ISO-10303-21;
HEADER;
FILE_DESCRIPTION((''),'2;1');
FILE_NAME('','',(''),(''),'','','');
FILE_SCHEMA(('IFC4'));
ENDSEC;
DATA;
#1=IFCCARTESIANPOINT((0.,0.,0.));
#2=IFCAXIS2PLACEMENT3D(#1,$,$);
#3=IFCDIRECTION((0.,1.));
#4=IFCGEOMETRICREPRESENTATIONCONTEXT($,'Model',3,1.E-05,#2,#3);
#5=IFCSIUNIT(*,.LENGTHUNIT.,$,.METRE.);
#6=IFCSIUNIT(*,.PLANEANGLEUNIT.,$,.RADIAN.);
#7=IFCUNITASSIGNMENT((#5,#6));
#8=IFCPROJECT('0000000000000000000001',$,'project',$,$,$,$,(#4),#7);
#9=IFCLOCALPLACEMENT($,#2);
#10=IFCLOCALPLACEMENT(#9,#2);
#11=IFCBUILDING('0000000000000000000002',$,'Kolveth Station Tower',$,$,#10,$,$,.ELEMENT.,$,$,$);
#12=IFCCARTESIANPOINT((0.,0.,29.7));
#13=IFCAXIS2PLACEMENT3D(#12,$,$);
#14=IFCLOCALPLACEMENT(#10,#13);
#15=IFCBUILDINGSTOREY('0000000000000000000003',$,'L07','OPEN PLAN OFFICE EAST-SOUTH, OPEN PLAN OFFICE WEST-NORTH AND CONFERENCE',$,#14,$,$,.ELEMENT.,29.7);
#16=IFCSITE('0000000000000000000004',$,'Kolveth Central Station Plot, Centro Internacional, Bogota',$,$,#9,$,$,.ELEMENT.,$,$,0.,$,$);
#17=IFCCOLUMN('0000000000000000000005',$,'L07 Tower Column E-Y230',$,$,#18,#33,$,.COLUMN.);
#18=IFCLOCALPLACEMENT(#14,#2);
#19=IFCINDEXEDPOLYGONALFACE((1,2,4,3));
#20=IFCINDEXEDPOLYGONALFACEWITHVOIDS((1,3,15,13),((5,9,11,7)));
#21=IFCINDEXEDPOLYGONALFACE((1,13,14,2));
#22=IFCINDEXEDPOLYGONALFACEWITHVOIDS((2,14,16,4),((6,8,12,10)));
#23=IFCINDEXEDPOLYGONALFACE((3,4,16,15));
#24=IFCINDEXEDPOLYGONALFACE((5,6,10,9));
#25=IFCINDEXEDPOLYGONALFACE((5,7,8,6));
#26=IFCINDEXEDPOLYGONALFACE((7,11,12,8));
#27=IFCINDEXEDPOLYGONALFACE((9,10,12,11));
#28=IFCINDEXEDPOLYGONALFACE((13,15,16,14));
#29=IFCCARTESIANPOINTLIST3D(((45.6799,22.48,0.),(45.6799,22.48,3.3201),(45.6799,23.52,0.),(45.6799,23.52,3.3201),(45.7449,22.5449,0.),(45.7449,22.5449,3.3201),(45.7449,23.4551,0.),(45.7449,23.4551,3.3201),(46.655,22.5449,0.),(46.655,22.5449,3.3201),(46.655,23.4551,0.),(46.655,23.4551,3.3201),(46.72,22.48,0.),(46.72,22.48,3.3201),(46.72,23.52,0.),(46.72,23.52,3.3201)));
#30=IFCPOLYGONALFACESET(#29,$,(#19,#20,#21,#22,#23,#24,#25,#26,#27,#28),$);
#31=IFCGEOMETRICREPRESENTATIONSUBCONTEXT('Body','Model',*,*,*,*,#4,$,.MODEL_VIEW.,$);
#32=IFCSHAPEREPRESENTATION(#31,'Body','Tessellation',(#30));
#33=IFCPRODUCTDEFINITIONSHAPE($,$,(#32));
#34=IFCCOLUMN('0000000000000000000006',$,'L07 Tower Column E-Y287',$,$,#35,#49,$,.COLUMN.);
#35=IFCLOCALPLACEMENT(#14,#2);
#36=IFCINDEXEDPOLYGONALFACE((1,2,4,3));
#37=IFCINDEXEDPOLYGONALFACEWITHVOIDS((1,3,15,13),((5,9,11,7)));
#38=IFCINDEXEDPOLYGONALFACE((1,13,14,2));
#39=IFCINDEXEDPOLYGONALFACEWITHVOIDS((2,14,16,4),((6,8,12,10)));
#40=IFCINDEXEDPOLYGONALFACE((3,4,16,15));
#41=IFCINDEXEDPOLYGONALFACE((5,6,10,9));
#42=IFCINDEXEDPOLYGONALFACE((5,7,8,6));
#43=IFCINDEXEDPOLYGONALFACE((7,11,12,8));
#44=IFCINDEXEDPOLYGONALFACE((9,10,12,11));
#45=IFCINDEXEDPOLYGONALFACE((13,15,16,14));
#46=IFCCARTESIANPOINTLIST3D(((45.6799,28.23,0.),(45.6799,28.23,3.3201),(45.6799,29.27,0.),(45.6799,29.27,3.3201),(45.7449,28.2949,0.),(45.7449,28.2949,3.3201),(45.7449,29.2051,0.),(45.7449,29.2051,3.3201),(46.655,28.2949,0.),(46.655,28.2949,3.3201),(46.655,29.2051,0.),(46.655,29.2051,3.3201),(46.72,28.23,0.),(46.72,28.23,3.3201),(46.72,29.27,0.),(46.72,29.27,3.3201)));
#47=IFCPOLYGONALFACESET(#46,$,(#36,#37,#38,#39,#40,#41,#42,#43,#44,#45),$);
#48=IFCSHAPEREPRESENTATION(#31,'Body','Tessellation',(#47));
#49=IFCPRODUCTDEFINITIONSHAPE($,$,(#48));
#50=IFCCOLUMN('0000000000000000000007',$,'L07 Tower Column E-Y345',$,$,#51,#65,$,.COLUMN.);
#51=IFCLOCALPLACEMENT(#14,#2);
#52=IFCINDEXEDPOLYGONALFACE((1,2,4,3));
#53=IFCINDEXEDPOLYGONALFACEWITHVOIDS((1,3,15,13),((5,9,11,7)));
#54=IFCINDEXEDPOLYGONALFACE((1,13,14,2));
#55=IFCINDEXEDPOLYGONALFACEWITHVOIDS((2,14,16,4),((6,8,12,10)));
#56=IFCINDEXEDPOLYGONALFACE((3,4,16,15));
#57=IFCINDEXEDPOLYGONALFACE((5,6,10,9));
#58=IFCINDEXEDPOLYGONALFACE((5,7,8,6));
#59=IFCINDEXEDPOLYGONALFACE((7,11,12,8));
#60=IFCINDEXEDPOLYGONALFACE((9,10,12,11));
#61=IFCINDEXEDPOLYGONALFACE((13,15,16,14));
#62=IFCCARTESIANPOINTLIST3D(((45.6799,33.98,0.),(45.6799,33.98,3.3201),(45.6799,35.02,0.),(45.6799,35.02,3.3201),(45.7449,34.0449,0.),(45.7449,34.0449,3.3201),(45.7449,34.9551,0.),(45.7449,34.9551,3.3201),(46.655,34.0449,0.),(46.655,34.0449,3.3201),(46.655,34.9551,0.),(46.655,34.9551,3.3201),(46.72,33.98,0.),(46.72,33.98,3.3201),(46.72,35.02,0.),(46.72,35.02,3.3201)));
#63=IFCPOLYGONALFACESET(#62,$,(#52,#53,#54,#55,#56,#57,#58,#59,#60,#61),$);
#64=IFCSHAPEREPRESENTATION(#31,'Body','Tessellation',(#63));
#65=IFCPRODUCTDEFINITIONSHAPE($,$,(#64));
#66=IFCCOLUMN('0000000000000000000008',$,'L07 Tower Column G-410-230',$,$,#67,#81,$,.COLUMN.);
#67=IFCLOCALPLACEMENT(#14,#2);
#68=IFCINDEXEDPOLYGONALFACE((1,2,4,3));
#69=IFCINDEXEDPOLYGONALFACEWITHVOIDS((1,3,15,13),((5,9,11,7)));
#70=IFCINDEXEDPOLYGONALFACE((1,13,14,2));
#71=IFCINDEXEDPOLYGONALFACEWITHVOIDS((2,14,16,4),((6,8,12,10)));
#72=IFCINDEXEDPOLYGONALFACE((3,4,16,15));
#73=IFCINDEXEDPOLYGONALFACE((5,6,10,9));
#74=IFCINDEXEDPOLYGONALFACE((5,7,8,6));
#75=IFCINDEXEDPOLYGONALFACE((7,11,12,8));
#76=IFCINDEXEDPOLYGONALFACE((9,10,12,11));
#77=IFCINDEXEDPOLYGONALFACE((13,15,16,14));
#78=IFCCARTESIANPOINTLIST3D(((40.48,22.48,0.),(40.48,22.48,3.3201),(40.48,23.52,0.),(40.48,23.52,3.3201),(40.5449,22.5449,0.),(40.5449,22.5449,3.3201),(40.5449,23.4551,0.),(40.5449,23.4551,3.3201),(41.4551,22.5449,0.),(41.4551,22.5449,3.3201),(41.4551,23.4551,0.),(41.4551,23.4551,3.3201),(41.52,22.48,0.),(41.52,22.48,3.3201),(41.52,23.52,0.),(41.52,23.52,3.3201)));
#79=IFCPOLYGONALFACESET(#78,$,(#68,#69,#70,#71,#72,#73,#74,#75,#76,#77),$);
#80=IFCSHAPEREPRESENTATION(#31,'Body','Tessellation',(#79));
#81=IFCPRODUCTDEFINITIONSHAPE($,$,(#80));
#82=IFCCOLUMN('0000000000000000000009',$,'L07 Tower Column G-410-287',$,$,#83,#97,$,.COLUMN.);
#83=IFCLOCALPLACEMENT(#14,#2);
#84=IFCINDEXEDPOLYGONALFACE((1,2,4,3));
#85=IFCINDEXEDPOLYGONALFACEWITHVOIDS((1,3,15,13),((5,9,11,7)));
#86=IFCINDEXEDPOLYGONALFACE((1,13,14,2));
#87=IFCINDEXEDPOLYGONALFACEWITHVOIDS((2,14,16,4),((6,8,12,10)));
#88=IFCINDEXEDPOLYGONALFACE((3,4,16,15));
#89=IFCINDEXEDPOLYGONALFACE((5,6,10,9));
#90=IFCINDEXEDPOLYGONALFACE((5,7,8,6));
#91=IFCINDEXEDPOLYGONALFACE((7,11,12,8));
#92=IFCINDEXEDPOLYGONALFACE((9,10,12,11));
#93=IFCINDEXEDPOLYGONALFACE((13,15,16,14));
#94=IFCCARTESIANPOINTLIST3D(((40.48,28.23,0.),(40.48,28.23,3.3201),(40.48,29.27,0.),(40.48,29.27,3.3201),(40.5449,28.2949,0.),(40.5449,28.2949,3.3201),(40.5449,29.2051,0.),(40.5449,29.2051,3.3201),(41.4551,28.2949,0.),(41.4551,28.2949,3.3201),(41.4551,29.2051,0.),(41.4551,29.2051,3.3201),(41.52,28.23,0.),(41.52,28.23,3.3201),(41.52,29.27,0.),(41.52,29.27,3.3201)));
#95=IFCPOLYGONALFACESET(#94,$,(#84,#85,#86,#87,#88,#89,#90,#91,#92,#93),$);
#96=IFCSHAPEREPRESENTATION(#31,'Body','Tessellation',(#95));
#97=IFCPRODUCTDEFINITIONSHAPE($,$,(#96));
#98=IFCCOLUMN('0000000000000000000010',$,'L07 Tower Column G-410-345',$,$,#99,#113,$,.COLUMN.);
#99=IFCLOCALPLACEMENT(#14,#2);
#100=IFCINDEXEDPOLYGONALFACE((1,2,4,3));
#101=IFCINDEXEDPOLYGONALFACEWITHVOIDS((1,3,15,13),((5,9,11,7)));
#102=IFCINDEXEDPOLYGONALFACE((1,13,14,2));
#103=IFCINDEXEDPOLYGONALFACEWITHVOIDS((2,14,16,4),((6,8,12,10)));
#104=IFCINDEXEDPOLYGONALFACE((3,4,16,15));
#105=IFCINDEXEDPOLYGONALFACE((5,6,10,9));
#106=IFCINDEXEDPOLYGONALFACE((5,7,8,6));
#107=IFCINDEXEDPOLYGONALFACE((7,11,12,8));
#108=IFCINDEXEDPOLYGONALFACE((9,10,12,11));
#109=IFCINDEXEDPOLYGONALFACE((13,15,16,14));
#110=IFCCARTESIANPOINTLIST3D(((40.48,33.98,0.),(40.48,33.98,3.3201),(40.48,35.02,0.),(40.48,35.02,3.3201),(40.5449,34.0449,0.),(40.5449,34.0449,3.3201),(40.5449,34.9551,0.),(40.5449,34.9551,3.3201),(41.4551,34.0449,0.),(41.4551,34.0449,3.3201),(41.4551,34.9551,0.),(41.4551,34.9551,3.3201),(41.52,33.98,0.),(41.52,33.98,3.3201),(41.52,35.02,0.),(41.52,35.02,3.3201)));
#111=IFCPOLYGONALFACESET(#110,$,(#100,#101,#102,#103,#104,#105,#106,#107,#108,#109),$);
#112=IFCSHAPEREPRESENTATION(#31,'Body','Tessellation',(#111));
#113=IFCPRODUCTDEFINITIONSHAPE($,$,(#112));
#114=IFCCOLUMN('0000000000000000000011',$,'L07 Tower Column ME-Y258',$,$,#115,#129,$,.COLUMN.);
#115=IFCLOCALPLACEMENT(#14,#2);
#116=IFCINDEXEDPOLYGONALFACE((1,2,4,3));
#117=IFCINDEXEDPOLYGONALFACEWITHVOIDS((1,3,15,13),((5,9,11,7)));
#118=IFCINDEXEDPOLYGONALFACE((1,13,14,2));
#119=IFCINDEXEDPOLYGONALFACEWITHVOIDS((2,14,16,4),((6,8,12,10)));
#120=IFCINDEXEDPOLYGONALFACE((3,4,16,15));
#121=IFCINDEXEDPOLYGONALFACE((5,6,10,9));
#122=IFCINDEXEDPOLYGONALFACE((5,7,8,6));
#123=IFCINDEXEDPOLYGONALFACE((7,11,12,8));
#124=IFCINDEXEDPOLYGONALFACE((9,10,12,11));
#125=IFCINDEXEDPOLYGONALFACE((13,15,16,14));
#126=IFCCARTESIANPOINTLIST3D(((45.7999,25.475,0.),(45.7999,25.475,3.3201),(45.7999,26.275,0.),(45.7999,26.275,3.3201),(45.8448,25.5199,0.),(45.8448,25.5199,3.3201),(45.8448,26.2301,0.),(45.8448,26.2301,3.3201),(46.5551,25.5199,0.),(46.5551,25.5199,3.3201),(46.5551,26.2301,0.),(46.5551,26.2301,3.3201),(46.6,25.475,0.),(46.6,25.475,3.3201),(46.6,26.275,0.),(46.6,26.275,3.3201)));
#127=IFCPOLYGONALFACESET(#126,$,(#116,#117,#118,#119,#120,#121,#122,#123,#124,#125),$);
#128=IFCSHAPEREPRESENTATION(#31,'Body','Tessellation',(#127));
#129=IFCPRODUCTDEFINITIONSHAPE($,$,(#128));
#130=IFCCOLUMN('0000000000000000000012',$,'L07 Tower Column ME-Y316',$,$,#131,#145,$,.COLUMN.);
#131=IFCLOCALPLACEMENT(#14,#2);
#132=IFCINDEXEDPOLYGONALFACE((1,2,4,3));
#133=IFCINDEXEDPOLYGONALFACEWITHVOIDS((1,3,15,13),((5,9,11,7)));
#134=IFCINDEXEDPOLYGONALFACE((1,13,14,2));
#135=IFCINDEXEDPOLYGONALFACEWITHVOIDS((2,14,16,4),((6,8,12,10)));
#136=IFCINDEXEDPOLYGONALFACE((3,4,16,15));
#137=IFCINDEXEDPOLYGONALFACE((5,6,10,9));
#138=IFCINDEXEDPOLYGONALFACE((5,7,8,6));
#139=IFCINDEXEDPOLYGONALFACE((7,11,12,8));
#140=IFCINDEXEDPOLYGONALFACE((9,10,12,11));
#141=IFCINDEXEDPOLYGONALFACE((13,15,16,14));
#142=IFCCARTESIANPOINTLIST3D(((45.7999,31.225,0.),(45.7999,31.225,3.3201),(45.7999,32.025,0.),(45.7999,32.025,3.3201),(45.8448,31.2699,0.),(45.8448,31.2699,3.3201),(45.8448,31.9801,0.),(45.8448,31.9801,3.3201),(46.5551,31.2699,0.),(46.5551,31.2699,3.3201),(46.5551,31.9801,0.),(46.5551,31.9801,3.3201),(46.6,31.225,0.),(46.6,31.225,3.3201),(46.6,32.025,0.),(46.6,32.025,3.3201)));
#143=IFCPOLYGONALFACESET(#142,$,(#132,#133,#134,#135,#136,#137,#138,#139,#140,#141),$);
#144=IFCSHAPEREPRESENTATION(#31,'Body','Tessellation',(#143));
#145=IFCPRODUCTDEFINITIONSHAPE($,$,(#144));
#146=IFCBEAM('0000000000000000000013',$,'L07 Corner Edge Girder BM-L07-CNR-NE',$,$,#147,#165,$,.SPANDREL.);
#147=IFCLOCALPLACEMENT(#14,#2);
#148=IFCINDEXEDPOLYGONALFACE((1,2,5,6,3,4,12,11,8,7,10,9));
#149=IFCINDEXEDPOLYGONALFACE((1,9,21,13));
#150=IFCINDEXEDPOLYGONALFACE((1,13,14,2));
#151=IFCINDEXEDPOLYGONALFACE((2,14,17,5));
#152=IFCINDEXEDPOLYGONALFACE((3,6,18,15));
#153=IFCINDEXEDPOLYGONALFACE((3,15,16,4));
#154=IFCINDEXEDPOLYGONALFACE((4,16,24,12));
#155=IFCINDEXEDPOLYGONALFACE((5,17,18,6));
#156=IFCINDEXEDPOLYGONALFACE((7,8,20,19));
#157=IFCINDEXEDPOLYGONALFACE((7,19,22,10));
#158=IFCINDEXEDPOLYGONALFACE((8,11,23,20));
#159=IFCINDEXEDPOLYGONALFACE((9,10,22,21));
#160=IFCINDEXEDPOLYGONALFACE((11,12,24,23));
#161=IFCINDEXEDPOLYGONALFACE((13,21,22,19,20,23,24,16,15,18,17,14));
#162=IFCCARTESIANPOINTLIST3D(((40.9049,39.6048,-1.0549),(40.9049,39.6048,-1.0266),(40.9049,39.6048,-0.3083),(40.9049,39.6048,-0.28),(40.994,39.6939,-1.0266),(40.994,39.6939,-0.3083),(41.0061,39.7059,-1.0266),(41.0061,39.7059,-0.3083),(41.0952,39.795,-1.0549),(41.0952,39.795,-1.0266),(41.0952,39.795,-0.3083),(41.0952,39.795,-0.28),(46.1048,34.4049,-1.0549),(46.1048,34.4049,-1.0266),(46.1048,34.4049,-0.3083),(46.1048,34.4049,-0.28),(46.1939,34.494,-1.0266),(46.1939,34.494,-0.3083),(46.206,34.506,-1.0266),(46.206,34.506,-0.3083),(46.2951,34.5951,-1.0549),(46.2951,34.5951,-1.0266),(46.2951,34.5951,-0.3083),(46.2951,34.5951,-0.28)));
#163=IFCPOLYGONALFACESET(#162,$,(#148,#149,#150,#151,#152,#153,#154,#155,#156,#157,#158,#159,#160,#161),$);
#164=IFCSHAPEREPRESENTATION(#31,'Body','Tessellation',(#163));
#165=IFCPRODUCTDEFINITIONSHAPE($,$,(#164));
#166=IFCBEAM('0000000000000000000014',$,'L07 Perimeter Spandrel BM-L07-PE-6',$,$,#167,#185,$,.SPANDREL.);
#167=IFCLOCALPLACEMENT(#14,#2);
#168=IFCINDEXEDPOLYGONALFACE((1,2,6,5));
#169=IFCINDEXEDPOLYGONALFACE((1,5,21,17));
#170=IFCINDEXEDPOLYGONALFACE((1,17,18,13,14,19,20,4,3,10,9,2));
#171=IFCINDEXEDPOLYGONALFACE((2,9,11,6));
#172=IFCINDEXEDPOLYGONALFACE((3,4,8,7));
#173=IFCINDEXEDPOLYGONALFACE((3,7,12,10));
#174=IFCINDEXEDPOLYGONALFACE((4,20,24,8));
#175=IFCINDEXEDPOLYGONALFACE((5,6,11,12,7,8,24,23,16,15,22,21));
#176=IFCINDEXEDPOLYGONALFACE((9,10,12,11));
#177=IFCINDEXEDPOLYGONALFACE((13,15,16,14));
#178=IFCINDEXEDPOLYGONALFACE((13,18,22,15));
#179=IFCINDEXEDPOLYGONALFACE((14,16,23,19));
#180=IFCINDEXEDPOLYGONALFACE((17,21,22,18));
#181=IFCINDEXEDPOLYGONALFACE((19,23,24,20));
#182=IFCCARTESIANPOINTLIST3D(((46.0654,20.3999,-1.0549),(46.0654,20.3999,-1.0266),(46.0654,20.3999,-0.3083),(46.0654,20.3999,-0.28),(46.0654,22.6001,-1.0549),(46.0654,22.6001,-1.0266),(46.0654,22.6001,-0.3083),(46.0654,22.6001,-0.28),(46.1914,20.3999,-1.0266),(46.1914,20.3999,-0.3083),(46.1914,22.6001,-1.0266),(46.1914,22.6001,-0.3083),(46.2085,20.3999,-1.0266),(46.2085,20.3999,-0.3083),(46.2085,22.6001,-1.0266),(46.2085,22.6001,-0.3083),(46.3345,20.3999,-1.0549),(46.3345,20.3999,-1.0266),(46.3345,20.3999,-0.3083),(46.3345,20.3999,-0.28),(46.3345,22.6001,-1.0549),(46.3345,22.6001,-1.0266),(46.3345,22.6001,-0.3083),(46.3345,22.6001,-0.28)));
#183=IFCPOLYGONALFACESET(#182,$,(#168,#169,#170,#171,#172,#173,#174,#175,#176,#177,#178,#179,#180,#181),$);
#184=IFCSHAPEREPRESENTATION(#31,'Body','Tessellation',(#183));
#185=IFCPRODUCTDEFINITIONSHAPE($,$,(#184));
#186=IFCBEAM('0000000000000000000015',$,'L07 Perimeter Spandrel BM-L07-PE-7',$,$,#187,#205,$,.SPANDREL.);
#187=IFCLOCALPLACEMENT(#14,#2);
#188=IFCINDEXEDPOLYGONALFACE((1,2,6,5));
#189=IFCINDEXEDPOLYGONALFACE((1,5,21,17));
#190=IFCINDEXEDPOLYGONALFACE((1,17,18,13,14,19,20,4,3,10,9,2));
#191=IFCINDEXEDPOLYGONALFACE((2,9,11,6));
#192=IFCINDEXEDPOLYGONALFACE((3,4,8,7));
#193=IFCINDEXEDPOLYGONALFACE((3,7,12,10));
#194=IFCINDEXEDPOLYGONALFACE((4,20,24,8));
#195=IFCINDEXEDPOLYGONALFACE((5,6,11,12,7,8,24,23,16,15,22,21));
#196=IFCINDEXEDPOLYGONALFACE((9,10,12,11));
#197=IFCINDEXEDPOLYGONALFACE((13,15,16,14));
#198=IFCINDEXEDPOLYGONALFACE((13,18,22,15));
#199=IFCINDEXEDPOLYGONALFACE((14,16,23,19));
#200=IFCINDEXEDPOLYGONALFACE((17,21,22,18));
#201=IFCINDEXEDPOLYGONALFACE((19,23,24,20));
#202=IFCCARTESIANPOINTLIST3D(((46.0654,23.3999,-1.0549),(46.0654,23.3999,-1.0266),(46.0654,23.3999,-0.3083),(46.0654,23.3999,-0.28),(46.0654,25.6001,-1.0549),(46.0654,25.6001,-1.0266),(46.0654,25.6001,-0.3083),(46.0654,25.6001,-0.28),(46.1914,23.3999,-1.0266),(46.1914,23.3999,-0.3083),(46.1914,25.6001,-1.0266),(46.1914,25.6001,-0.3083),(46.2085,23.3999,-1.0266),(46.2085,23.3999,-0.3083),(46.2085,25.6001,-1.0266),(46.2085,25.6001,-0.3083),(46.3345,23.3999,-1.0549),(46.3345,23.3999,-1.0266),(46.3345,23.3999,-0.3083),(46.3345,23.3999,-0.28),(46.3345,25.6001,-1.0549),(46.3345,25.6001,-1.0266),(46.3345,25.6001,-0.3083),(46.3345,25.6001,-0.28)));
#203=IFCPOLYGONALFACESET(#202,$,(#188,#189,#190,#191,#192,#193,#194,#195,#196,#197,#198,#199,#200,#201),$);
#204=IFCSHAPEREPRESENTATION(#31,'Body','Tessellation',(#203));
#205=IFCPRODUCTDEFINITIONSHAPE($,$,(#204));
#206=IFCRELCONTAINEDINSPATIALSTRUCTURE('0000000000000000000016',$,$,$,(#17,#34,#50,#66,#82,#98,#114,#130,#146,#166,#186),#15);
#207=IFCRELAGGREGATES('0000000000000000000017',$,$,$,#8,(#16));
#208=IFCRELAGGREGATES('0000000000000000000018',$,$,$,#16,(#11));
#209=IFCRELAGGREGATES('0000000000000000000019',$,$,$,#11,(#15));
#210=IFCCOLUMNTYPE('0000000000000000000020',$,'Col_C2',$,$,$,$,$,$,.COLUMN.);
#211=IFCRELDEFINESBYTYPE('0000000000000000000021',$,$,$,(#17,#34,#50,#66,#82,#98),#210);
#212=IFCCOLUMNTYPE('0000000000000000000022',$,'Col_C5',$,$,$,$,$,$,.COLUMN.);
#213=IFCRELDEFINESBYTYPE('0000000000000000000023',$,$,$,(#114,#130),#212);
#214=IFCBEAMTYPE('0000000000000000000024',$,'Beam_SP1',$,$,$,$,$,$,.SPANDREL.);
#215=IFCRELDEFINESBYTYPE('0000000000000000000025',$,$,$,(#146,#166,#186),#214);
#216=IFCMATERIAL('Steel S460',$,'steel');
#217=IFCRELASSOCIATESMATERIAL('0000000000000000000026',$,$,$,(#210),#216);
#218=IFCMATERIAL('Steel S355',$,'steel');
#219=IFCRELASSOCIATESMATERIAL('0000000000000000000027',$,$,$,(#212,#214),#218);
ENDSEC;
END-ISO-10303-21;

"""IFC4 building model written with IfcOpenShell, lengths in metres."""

from ifc_helpers import new_model, si_unit, direction, frame, origin, origin_2d, place, context, subcontext, project, spatial, hollow_rectangle, i_section, extrude, source, transform, mapped, material, material_profile, profile_set, type_object, element, save


model = new_model("IFC4")

# Units and contexts
model_context = context("Model", 3, precision=1e-05, world=origin(), true_north=direction((0.0, 1.0)))
body_context = subcontext(model_context, "Body", "Model", "MODEL_VIEW")
ifc_project = project(units=[si_unit("LENGTHUNIT", "METRE"), si_unit("PLANEANGLEUNIT", "RADIAN")], contexts=[model_context])

# Site, building, storey
site_placement = place(None, origin())
site = spatial("IfcSite", under=ifc_project, at=site_placement, Name="Kolveth Central Station Plot, Centro Internacional, Bogota", CompositionType="ELEMENT", RefElevation=0.0)
building_placement = place(site_placement, origin())
building = spatial("IfcBuilding", under=site, at=building_placement, Name="Kolveth Station Tower", CompositionType="ELEMENT")
storey_placement = place(building_placement, frame((0.0, 0.0, 29.7)))
storey = spatial("IfcBuildingStorey", under=building, at=storey_placement, Name="L07", Description="OPEN PLAN OFFICE EAST-SOUTH, OPEN PLAN OFFICE WEST-NORTH AND CONFERENCE", CompositionType="ELEMENT", Elevation=29.7)

# Columns
ifc_material_1 = material(Name="Steel S460", Category="steel")
ifc_material_profile_1 = material_profile(ifc_material_1, hollow_rectangle(XDim=1.04, YDim=1.04, WallThickness=0.0649, at=origin_2d()), Name="BOX1040x1040x65")
ifc_profile_set_1 = profile_set([ifc_material_profile_1], Name="Steel S460")
column_type_1 = type_object("IfcColumnType", Name="Col_C2", PredefinedType="COLUMN", material=ifc_profile_set_1)
shared_shape_1 = source(origin(), body_context, "Body", "SweptSolid", [
    extrude(hollow_rectangle(XDim=1.04, YDim=1.04, WallThickness=0.0649, at=origin_2d()), origin(), (0.0, 0.0, 1.0), 3.3201),
])
for number, where, z_axis, x_axis, name in (
    (1, (46.2, 23.0, 0.0), (0.0, 0.0, 1.0), (1.0, 0.0, 0.0), "L07 Tower Column E-Y230"),
    (2, (46.2, 28.75, 0.0), (0.0, 0.0, 1.0), (1.0, 0.0, 0.0), "L07 Tower Column E-Y287"),
    (3, (46.2, 34.5, 0.0), (0.0, 0.0, 1.0), (1.0, 0.0, 0.0), "L07 Tower Column E-Y345"),
    (4, (41.0, 23.0, 0.0), (0.0, 0.0, 1.0), (1.0, 0.0, 0.0), "L07 Tower Column G-410-230"),
    (5, (41.0, 28.75, 0.0), (0.0, 0.0, 1.0), (1.0, 0.0, 0.0), "L07 Tower Column G-410-287"),
    (6, (41.0, 34.5, 0.0), (0.0, 0.0, 1.0), (1.0, 0.0, 0.0), "L07 Tower Column G-410-345"),
):
    element("IfcColumn", number, at=place(storey_placement, frame(where, z_axis=z_axis, x_axis=x_axis)), inside=storey, type_object=column_type_1, Name=name, PredefinedType="COLUMN", context=body_context, shape_type="MappedRepresentation", body=[
        mapped(shared_shape_1, transform((0.0, 0.0, 0.0), x_axis=(1.0, 0.0, 0.0), y_axis=(0.0, 1.0, 0.0), z_axis=(0.0, 0.0, 1.0), scale=1.0)),
    ])
ifc_material_2 = material(Name="Steel S355", Category="steel")
ifc_material_profile_2 = material_profile(ifc_material_2, hollow_rectangle(XDim=0.8, YDim=0.8, WallThickness=0.0449, at=origin_2d()), Name="BOX800x800x45")
ifc_profile_set_2 = profile_set([ifc_material_profile_2], Name="Steel S355")
column_type_2 = type_object("IfcColumnType", Name="Col_C5", PredefinedType="COLUMN", material=ifc_profile_set_2)
shared_shape_2 = source(origin(), body_context, "Body", "SweptSolid", [
    extrude(hollow_rectangle(XDim=0.8, YDim=0.8, WallThickness=0.0449, at=origin_2d()), origin(), (0.0, 0.0, 1.0), 3.3201),
])
for number, where, z_axis, x_axis, name in (
    (7, (46.2, 25.875, 0.0), (0.0, 0.0, 1.0), (1.0, 0.0, 0.0), "L07 Tower Column ME-Y258"),
    (8, (46.2, 31.625, 0.0), (0.0, 0.0, 1.0), (1.0, 0.0, 0.0), "L07 Tower Column ME-Y316"),
):
    element("IfcColumn", number, at=place(storey_placement, frame(where, z_axis=z_axis, x_axis=x_axis)), inside=storey, type_object=column_type_2, Name=name, PredefinedType="COLUMN", context=body_context, shape_type="MappedRepresentation", body=[
        mapped(shared_shape_2, transform((0.0, 0.0, 0.0), x_axis=(1.0, 0.0, 0.0), y_axis=(0.0, 1.0, 0.0), z_axis=(0.0, 0.0, 1.0), scale=1.0)),
    ])

# Beams
ifc_material_profile_3 = material_profile(ifc_material_2, i_section(OverallWidth=0.269, OverallDepth=0.7749, WebThickness=0.0171, FlangeThickness=0.0283, at=origin_2d()), Name="W760x220")
ifc_profile_set_3 = profile_set([ifc_material_profile_3], Name="Steel S355")
beam_type_1 = type_object("IfcBeamType", Name="Beam_SP1", PredefinedType="SPANDREL", material=ifc_profile_set_3)
shared_shape_3 = source(origin(), body_context, "Body", "SweptSolid", [
    extrude(i_section(OverallWidth=0.269, OverallDepth=0.7749, WebThickness=0.0171, FlangeThickness=0.0283, at=origin_2d()), origin(), (0.0, 0.0, 1.0), 7.3538),
])
beam_placement = place(storey_placement, frame((46.2, 34.5, -0.6675), z_axis=(-0.707107, 0.707107, 0.0), x_axis=(-0.707107, -0.707107, 0.0)))
element("IfcBeam", 9, at=beam_placement, inside=storey, type_object=beam_type_1, Name="L07 Corner Edge Girder BM-L07-CNR-NE", PredefinedType="SPANDREL", context=body_context, shape_type="MappedRepresentation", body=[
    mapped(shared_shape_3, transform((0.0, 0.0, 0.0), x_axis=(1.0, 0.0, 0.0), y_axis=(0.0, 1.0, 0.0), z_axis=(0.0, 0.0, 1.0), scale=1.0)),
])
shared_shape_4 = source(origin(), body_context, "Body", "SweptSolid", [
    extrude(i_section(OverallWidth=0.269, OverallDepth=0.7749, WebThickness=0.0171, FlangeThickness=0.0283, at=origin_2d()), origin(), (0.0, 0.0, 1.0), 2.2002),
])
for number, where, z_axis, x_axis, name in (
    (10, (46.2, 20.3999, -0.6675), (0.0, 1.0, 0.0), (-1.0, 0.0, 0.0), "L07 Perimeter Spandrel BM-L07-PE-6"),
    (11, (46.2, 23.3999, -0.6675), (0.0, 1.0, 0.0), (-1.0, 0.0, 0.0), "L07 Perimeter Spandrel BM-L07-PE-7"),
):
    element("IfcBeam", number, at=place(storey_placement, frame(where, z_axis=z_axis, x_axis=x_axis)), inside=storey, type_object=beam_type_1, Name=name, PredefinedType="SPANDREL", context=body_context, shape_type="MappedRepresentation", body=[
        mapped(shared_shape_4, transform((0.0, 0.0, 0.0), x_axis=(1.0, 0.0, 0.0), y_axis=(0.0, 1.0, 0.0), z_axis=(0.0, 0.0, 1.0), scale=1.0)),
    ])

save(model, "model.ifc")
